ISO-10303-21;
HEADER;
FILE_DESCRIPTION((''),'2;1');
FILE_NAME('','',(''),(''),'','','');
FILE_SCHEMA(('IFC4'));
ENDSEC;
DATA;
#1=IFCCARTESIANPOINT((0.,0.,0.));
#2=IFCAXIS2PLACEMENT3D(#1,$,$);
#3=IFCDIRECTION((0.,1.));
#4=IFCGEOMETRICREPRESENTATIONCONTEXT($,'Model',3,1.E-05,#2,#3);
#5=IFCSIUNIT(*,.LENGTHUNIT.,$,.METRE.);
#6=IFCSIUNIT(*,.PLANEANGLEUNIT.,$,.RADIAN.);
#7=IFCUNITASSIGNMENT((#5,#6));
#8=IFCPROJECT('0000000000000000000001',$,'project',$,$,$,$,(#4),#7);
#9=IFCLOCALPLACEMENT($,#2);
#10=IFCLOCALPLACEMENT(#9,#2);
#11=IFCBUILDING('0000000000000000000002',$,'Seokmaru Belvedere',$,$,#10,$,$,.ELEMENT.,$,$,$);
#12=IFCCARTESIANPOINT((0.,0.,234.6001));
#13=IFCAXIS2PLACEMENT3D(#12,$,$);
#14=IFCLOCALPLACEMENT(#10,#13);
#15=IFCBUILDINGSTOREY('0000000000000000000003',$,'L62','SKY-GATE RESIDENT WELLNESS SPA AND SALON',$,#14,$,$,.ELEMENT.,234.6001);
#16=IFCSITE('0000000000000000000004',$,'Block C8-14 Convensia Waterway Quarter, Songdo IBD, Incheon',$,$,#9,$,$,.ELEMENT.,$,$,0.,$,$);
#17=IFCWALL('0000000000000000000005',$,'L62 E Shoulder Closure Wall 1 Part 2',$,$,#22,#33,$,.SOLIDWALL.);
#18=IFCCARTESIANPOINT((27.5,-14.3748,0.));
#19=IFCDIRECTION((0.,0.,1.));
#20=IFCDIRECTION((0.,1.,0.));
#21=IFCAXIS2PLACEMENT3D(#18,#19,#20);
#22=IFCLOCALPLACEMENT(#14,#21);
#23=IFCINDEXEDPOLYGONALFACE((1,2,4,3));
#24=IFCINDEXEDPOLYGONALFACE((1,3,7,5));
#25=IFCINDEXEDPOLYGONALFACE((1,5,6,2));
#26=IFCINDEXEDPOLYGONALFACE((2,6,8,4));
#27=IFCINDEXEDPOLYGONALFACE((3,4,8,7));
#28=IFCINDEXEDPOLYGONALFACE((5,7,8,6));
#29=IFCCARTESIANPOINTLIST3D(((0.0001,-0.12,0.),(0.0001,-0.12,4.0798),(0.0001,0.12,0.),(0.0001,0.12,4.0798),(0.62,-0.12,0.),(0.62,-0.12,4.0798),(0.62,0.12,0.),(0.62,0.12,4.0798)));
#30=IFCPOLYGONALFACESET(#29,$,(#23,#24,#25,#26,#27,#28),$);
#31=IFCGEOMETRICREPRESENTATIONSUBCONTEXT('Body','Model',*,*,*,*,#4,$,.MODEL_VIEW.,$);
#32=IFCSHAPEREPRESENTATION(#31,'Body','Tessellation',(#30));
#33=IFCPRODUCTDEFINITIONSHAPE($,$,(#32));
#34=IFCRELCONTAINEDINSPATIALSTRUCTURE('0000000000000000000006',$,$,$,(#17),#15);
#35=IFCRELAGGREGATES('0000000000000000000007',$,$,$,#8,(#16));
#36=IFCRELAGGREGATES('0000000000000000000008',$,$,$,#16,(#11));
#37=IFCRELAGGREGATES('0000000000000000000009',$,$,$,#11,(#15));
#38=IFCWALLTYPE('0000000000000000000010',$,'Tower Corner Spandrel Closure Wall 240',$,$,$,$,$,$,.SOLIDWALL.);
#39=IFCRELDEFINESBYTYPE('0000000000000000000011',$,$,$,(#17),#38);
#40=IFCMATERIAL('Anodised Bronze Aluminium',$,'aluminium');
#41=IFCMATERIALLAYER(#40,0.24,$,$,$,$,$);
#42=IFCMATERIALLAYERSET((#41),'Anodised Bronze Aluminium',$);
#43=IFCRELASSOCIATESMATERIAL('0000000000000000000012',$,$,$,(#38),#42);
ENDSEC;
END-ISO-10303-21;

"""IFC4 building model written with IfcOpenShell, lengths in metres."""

from ifc_helpers import new_model, si_unit, direction, frame, frame_2d, origin, place, context, subcontext, project, spatial, rectangle, extrude, material, layer, layer_set, type_object, element, save


model = new_model("IFC4")

# Units and contexts
model_context = context("Model", 3, precision=1e-05, world=origin(), true_north=direction((0.0, 1.0)))
body_context = subcontext(model_context, "Body", "Model", "MODEL_VIEW")
ifc_project = project(units=[si_unit("LENGTHUNIT", "METRE"), si_unit("PLANEANGLEUNIT", "RADIAN")], contexts=[model_context])

# Site, building, storey
site_placement = place(None, origin())
site = spatial("IfcSite", under=ifc_project, at=site_placement, Name="Block C8-14 Convensia Waterway Quarter, Songdo IBD, Incheon", CompositionType="ELEMENT", RefElevation=0.0)
building_placement = place(site_placement, origin())
building = spatial("IfcBuilding", under=site, at=building_placement, Name="Seokmaru Belvedere", CompositionType="ELEMENT")
storey_placement = place(building_placement, frame((0.0, 0.0, 234.6001)))
storey = spatial("IfcBuildingStorey", under=building, at=storey_placement, Name="L62", Description="SKY-GATE RESIDENT WELLNESS SPA AND SALON", CompositionType="ELEMENT", Elevation=234.6001)

# Shared definitions
ifc_material_1 = material(Name="Anodised Bronze Aluminium", Category="aluminium")

# Wall
ifc_layer_1 = layer(ifc_material_1, 0.24)
ifc_layer_set_1 = layer_set([ifc_layer_1], Name="Anodised Bronze Aluminium")
wall_type_1 = type_object("IfcWallType", Name="Tower Corner Spandrel Closure Wall 240", PredefinedType="SOLIDWALL", material=ifc_layer_set_1)
wall_1_placement = place(storey_placement, frame((27.5, -14.3748, 0.0), z_axis=(0.0, 0.0, 1.0), x_axis=(0.0, 1.0, 0.0)))
element("IfcWall", 1, at=wall_1_placement, inside=storey, type_object=wall_type_1, Name="L62 E Shoulder Closure Wall 1 Part 2", PredefinedType="SOLIDWALL", context=body_context, shape_type="SweptSolid", body=[
    extrude(rectangle(XDim=0.6199, YDim=0.24, at=frame_2d((0.3101, 0.0))), origin(), (0.0, 0.0, 1.0), 4.0798),
])

save(model, "model.ifc")
